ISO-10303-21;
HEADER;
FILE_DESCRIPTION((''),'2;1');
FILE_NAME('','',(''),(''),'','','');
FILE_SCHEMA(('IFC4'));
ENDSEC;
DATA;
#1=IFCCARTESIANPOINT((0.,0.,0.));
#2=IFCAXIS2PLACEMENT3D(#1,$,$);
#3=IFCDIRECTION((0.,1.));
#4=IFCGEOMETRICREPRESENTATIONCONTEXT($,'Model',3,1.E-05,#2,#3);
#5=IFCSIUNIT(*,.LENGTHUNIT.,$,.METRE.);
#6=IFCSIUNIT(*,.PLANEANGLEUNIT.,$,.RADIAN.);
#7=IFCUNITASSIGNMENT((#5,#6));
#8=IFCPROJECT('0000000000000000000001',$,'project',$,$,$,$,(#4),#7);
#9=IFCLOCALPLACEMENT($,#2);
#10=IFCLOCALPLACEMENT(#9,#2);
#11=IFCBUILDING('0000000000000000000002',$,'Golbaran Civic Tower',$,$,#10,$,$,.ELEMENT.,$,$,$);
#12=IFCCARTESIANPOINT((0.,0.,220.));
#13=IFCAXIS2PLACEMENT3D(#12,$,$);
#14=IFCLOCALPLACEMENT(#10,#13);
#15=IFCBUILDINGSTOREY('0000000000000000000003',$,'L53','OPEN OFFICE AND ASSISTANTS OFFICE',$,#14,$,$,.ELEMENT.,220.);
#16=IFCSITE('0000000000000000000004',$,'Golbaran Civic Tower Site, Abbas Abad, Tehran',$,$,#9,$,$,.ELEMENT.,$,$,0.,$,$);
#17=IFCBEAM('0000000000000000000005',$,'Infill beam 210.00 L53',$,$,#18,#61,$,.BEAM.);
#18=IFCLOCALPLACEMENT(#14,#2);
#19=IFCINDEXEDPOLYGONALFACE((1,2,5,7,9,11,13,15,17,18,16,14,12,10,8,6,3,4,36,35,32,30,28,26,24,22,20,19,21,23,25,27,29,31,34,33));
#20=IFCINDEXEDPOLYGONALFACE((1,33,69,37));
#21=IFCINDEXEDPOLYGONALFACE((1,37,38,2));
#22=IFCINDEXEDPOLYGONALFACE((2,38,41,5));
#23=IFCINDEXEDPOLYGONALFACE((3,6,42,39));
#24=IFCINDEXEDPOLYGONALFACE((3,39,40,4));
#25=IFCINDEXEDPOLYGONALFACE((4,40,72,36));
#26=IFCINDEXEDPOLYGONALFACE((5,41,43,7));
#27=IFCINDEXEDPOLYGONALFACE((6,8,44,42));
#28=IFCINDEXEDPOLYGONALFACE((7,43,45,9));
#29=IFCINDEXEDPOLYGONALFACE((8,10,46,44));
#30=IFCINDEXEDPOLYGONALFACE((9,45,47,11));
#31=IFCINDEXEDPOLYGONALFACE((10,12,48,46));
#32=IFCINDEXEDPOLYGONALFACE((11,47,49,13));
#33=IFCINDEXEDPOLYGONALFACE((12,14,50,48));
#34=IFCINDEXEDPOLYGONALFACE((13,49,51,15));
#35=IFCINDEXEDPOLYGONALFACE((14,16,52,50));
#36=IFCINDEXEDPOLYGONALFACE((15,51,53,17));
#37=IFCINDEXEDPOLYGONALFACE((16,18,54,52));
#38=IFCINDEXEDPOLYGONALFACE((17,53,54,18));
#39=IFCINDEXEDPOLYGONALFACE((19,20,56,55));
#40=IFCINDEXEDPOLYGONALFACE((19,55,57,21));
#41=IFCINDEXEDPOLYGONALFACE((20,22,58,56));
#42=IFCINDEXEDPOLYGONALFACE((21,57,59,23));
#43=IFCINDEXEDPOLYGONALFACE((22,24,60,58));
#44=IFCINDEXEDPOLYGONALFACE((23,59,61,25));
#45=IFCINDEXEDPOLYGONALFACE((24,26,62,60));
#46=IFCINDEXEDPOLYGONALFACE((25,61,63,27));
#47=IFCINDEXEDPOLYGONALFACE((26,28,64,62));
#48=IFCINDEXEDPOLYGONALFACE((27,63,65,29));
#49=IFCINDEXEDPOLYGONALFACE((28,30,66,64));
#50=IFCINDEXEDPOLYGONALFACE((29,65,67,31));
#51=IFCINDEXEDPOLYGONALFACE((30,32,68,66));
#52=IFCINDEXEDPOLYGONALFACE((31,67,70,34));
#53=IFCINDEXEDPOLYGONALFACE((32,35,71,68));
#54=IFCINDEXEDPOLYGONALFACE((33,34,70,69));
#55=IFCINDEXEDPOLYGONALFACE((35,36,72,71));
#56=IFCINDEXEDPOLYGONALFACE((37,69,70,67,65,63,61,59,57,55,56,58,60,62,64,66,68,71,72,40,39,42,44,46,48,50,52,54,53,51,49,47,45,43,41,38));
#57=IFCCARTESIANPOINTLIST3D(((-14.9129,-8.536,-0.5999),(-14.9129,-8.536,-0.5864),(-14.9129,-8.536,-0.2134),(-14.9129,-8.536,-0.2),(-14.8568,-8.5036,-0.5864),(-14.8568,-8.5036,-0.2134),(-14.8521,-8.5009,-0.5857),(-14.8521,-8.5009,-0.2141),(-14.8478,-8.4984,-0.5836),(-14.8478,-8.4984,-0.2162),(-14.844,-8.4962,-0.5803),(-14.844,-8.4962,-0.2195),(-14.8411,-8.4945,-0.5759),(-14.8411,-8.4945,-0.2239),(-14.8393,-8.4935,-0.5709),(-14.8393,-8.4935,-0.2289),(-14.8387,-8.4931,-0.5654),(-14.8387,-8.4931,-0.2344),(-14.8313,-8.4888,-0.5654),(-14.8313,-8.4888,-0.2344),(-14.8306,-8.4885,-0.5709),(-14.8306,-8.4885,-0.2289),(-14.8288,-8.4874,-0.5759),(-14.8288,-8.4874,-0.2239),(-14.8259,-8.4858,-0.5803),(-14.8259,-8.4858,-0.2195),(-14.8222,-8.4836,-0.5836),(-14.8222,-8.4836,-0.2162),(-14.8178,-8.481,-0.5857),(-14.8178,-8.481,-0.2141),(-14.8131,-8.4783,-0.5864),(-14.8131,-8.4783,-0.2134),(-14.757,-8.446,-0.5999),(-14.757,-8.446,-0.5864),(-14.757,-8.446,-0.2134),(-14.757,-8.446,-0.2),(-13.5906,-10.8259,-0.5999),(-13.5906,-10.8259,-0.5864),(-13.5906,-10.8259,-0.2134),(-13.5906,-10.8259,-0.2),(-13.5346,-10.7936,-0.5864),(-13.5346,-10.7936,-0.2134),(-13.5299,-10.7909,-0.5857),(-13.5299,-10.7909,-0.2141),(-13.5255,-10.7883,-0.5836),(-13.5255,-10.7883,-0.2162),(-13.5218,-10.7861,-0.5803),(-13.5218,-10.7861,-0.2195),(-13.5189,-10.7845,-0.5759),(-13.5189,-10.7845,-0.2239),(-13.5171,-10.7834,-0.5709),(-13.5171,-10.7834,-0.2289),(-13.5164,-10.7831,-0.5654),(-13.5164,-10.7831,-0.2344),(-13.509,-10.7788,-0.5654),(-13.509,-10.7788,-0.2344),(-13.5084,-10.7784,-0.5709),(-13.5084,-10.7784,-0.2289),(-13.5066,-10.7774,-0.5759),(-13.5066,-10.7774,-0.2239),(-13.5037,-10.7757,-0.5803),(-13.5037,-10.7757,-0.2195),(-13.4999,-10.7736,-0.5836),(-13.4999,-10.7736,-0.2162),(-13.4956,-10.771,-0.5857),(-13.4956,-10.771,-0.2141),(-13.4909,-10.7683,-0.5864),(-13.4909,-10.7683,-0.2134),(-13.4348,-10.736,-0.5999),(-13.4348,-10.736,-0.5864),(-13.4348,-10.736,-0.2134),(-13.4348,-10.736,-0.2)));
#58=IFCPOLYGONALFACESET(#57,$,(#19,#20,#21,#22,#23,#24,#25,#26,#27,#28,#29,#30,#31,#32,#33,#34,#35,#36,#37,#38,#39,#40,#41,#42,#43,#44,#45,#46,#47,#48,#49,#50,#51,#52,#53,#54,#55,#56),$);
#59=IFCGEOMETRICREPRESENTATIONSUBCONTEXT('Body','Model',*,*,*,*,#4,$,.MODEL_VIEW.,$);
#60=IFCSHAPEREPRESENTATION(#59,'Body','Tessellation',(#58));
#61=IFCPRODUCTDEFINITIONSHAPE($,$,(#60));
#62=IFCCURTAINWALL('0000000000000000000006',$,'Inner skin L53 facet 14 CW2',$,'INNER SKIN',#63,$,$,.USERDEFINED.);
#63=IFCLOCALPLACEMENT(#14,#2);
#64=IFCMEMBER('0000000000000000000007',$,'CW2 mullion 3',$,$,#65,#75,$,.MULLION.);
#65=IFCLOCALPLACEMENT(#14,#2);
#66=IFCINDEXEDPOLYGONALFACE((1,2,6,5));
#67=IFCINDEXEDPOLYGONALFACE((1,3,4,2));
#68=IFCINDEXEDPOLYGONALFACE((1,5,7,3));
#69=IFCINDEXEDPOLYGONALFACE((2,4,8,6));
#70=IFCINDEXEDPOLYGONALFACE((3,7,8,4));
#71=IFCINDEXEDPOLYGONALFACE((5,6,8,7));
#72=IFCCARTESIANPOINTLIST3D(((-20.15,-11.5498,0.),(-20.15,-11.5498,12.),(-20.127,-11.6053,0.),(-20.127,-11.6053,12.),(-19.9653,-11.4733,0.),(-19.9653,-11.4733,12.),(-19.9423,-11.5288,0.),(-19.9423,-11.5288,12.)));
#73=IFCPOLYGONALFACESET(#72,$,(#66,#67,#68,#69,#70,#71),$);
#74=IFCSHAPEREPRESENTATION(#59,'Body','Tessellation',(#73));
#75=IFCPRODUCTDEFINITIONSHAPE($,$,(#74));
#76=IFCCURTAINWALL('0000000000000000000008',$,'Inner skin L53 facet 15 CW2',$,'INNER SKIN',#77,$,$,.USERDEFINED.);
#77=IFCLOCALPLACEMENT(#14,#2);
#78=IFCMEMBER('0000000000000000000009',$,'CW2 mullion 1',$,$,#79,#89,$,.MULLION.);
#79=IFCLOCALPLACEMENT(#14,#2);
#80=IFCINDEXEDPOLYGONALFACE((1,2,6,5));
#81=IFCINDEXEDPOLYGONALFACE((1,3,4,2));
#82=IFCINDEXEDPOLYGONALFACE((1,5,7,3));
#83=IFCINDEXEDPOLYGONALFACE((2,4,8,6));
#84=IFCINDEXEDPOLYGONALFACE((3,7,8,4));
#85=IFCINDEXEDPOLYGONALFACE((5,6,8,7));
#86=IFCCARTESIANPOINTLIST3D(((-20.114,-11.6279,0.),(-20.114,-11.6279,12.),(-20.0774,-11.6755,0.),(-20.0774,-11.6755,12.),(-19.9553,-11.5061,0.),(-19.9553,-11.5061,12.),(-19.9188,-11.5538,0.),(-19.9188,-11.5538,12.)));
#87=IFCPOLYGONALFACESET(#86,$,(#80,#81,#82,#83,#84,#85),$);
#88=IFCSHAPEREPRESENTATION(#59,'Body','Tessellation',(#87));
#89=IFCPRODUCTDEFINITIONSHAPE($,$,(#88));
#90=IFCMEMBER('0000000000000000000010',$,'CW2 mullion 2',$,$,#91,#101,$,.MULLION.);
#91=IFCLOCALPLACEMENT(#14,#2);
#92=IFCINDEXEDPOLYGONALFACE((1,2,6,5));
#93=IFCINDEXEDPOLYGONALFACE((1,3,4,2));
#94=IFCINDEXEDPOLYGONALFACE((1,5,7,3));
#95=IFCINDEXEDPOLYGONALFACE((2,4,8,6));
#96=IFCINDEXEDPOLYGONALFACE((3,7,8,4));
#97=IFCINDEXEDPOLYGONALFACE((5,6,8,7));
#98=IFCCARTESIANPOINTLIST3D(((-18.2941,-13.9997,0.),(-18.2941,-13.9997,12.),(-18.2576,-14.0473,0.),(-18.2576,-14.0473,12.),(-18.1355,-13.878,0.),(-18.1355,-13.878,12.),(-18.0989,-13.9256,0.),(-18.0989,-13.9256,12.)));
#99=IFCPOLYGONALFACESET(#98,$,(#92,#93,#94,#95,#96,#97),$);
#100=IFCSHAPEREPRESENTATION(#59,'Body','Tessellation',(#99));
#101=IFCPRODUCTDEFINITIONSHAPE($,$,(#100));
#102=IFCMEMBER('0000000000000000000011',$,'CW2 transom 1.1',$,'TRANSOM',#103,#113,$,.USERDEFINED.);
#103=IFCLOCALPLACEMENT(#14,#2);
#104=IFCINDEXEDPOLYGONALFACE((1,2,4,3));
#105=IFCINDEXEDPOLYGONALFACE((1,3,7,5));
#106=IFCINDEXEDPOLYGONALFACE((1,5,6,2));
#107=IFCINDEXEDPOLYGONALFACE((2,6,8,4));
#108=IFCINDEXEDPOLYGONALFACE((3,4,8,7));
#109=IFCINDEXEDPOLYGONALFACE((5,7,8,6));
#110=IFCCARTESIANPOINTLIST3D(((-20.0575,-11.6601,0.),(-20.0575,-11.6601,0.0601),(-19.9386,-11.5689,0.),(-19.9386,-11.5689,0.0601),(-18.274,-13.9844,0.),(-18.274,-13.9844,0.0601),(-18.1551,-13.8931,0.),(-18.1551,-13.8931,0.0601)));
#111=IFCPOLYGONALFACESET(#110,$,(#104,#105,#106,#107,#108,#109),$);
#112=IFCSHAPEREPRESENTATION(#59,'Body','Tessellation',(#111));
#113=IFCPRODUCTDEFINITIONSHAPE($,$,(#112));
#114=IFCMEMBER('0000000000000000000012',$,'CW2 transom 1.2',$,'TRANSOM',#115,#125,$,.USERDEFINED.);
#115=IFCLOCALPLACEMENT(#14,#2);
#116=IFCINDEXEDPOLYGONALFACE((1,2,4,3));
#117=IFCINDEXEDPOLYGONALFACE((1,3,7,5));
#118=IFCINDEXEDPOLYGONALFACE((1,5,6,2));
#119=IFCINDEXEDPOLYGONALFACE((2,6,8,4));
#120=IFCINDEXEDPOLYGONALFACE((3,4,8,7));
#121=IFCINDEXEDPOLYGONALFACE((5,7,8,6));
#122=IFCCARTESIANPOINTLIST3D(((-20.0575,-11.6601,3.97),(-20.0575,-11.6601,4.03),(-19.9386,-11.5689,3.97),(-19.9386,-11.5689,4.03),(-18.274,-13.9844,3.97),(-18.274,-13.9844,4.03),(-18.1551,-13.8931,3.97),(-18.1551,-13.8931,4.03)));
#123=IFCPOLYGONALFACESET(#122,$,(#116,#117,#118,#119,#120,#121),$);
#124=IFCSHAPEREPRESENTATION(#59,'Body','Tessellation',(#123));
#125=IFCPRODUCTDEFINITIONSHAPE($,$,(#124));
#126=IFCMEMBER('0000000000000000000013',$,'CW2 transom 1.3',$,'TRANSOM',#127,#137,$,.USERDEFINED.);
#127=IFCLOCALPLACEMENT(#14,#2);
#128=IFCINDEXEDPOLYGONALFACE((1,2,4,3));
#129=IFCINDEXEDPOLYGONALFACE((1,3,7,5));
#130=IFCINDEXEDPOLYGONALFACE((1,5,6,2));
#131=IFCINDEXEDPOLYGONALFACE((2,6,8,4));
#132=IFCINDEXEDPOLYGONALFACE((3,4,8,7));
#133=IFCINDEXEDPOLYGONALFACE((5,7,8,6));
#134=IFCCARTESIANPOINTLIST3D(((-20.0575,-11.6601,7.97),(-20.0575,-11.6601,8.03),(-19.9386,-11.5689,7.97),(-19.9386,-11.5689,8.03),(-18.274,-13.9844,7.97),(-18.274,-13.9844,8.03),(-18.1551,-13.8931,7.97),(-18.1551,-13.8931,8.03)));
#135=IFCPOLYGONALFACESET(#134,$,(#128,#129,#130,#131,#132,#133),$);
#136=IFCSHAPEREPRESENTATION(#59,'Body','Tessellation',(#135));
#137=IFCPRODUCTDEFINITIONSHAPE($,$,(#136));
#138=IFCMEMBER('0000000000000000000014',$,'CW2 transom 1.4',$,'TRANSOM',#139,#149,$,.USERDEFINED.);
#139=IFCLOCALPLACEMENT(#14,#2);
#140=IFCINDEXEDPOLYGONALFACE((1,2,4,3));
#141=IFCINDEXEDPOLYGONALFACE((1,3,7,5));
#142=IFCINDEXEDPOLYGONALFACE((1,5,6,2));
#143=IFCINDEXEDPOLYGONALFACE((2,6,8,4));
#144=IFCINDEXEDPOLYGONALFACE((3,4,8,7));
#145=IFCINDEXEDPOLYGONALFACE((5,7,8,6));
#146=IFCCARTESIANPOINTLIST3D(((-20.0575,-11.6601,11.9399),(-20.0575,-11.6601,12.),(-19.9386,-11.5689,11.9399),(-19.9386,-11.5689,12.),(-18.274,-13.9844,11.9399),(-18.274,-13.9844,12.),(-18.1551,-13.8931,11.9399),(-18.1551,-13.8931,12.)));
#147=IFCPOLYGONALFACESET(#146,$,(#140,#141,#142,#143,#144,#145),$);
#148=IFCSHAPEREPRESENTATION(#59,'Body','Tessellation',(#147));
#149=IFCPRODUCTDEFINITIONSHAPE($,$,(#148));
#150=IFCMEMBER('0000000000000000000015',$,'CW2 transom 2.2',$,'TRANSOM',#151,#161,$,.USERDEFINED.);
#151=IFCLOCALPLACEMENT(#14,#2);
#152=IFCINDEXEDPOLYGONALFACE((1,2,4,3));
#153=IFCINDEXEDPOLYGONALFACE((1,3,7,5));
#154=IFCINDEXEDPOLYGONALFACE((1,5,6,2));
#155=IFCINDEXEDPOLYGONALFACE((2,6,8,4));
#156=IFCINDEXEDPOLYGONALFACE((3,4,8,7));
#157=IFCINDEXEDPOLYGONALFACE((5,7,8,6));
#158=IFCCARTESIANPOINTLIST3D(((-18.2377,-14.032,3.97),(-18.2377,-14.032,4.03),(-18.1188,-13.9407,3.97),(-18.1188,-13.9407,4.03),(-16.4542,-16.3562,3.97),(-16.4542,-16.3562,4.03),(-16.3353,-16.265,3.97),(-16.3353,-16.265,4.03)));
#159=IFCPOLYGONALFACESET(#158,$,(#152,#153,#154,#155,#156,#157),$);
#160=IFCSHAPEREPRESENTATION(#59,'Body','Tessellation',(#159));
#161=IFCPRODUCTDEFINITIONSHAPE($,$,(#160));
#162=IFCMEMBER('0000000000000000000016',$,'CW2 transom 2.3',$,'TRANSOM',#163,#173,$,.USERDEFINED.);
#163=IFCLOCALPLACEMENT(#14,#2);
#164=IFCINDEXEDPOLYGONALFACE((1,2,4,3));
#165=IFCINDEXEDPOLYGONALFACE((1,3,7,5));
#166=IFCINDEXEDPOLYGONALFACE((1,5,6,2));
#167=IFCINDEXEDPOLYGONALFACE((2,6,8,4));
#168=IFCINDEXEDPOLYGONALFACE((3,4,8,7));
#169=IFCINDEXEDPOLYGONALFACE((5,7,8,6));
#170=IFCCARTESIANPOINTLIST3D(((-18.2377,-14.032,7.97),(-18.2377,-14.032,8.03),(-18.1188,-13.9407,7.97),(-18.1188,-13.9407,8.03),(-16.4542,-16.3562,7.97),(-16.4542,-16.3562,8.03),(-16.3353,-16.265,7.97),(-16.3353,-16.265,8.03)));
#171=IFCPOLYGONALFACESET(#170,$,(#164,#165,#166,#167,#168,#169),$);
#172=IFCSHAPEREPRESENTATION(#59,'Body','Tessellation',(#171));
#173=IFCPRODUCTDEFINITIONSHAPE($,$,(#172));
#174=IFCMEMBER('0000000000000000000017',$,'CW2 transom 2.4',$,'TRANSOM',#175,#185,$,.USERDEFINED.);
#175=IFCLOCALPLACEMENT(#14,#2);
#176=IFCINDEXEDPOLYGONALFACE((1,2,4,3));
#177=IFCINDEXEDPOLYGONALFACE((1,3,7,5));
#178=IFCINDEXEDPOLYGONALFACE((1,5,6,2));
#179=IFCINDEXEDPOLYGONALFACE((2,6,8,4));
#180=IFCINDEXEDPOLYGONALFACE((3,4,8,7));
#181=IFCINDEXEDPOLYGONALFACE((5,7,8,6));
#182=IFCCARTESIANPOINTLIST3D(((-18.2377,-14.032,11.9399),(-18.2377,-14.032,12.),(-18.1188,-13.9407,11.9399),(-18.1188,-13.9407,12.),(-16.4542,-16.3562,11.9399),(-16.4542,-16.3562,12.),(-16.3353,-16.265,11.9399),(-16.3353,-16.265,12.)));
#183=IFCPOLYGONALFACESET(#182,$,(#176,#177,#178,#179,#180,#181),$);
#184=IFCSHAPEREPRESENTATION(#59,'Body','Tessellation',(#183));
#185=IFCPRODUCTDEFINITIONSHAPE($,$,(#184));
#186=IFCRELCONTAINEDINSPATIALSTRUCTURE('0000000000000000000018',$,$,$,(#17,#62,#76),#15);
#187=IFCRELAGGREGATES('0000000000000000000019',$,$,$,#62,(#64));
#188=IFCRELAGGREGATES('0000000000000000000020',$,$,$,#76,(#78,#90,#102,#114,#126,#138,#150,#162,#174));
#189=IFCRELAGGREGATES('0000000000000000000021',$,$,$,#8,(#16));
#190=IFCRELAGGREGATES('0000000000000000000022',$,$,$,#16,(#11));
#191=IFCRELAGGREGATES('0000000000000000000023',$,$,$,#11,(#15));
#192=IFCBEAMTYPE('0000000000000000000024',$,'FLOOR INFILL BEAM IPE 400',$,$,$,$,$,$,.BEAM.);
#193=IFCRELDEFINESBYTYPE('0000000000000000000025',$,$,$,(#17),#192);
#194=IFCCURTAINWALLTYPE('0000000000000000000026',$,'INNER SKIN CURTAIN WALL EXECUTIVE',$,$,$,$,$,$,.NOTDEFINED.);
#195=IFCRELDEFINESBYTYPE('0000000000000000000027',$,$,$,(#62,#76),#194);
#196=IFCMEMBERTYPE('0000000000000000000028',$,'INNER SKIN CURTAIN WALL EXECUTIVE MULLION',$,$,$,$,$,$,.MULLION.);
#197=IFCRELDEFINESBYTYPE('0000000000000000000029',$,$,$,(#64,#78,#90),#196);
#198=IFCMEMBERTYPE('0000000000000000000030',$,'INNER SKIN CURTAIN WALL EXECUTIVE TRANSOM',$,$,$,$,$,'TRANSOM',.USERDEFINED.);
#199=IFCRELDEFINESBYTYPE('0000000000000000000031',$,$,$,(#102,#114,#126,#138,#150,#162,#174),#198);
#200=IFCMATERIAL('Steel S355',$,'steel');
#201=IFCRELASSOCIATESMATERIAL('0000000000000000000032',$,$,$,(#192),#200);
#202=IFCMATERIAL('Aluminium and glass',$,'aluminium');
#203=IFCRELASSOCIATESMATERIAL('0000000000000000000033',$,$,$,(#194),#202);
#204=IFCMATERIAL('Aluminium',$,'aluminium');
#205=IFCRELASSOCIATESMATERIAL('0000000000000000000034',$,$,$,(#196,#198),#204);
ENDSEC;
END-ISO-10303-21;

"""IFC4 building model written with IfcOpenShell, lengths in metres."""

from ifc_helpers import new_model, si_unit, direction, frame, origin, origin_2d, place, context, subcontext, project, spatial, rectangle, i_section, extrude, material, material_profile, profile_set, type_object, element, aggregate, save


model = new_model("IFC4")

# Units and contexts
model_context = context("Model", 3, precision=1e-05, world=origin(), true_north=direction((0.0, 1.0)))
body_context = subcontext(model_context, "Body", "Model", "MODEL_VIEW")
ifc_project = project(units=[si_unit("LENGTHUNIT", "METRE"), si_unit("PLANEANGLEUNIT", "RADIAN")], contexts=[model_context])

# Site, building, storey
site_placement = place(None, origin())
site = spatial("IfcSite", under=ifc_project, at=site_placement, Name="Golbaran Civic Tower Site, Abbas Abad, Tehran", CompositionType="ELEMENT", RefElevation=0.0)
building_placement = place(site_placement, origin())
building = spatial("IfcBuilding", under=site, at=building_placement, Name="Golbaran Civic Tower", CompositionType="ELEMENT")
storey_placement = place(building_placement, frame((0.0, 0.0, 220.0)))
storey = spatial("IfcBuildingStorey", under=building, at=storey_placement, Name="L53", Description="OPEN OFFICE AND ASSISTANTS OFFICE", CompositionType="ELEMENT", Elevation=220.0)

# Beam
ifc_material_1 = material(Name="Steel S355", Category="steel")
ifc_material_profile_1 = material_profile(ifc_material_1, i_section(OverallWidth=0.1799, OverallDepth=0.3999, WebThickness=0.0085, FlangeThickness=0.0134, FilletRadius=0.021, at=origin_2d()), Name="IPE 400")
ifc_profile_set_1 = profile_set([ifc_material_profile_1], Name="Steel S355")
beam_type_1 = type_object("IfcBeamType", Name="FLOOR INFILL BEAM IPE 400", PredefinedType="BEAM", material=ifc_profile_set_1)
beam_1_placement = place(storey_placement, frame((-14.835, -8.491, -0.3999), z_axis=(0.500031, -0.866007, 0.0), x_axis=(0.866007, 0.500031, 0.0)))
element("IfcBeam", 1, at=beam_1_placement, inside=storey, type_object=beam_type_1, Name="Infill beam 210.00 L53", PredefinedType="BEAM", context=body_context, shape_type="SweptSolid", body=[
    extrude(i_section(OverallWidth=0.1799, OverallDepth=0.3999, WebThickness=0.0085, FlangeThickness=0.0134, FilletRadius=0.021, at=origin_2d()), origin(), (0.0, 0.0, 1.0), 2.6443),
])

# Curtain wall, member
ifc_material_2 = material(Name="Aluminium and glass", Category="aluminium")
curtain_wall_type = type_object("IfcCurtainWallType", Name="INNER SKIN CURTAIN WALL EXECUTIVE", PredefinedType="NOTDEFINED", material=ifc_material_2)
curtain_wall_1_placement = place(storey_placement, origin())
curtain_wall_1 = element("IfcCurtainWall", 2, at=curtain_wall_1_placement, inside=storey, type_object=curtain_wall_type, Name="Inner skin L53 facet 14 CW2", ObjectType="INNER SKIN", PredefinedType="USERDEFINED")
ifc_material_3 = material(Name="Aluminium", Category="aluminium")
ifc_material_profile_2 = material_profile(ifc_material_3, rectangle(XDim=0.2, YDim=0.0601, at=origin_2d()), Name="INNER SKIN CURTAIN WALL EXECUTIVE MULLION")
ifc_profile_set_2 = profile_set([ifc_material_profile_2], Name="Aluminium")
member_type_1 = type_object("IfcMemberType", Name="INNER SKIN CURTAIN WALL EXECUTIVE MULLION", PredefinedType="MULLION", material=ifc_profile_set_2)
member_1_placement = place(storey_placement, frame((-20.0461, -11.5393, 0.0), z_axis=(0.0, 0.0, 1.0), x_axis=(0.92388, 0.382683, 0.0)))
member_1 = element("IfcMember", 3, at=member_1_placement, type_object=member_type_1, Name="CW2 mullion 3", PredefinedType="MULLION", context=body_context, shape_type="SweptSolid", body=[
    extrude(rectangle(XDim=0.2, YDim=0.0601, at=origin_2d()), origin(), (0.0, 0.0, 1.0), 12.0),
])

# Curtain wall, members
curtain_wall_2_placement = place(storey_placement, origin())
curtain_wall_2 = element("IfcCurtainWall", 4, at=curtain_wall_2_placement, inside=storey, type_object=curtain_wall_type, Name="Inner skin L53 facet 15 CW2", ObjectType="INNER SKIN", PredefinedType="USERDEFINED")
member_2_placement = place(storey_placement, frame((-20.0164, -11.5908, 0.0), z_axis=(0.0, 0.0, 1.0), x_axis=(0.793353, 0.608761, 0.0)))
member_2 = element("IfcMember", 5, at=member_2_placement, type_object=member_type_1, Name="CW2 mullion 1", PredefinedType="MULLION", context=body_context, shape_type="SweptSolid", body=[
    extrude(rectangle(XDim=0.2, YDim=0.0601, at=origin_2d()), origin(), (0.0, 0.0, 1.0), 12.0),
])
member_3_placement = place(storey_placement, frame((-18.1965, -13.9626, 0.0), z_axis=(0.0, 0.0, 1.0), x_axis=(0.793353, 0.608761, 0.0)))
member_3 = element("IfcMember", 6, at=member_3_placement, type_object=member_type_1, Name="CW2 mullion 2", PredefinedType="MULLION", context=body_context, shape_type="SweptSolid", body=[
    extrude(rectangle(XDim=0.2, YDim=0.0601, at=origin_2d()), origin(), (0.0, 0.0, 1.0), 12.0),
])
ifc_material_profile_3 = material_profile(ifc_material_3, rectangle(XDim=0.1499, YDim=0.0601, at=origin_2d()), Name="INNER SKIN CURTAIN WALL EXECUTIVE TRANSOM")
ifc_profile_set_3 = profile_set([ifc_material_profile_3], Name="Aluminium")
member_type_2 = type_object("IfcMemberType", Name="INNER SKIN CURTAIN WALL EXECUTIVE TRANSOM", ElementType="TRANSOM", PredefinedType="USERDEFINED", material=ifc_profile_set_3)
member_4_placement = place(storey_placement, frame((-19.998, -11.6145, 0.03), z_axis=(0.608764, -0.793351, 0.0), x_axis=(0.793351, 0.608764, 0.0)))
member_4 = element("IfcMember", 7, at=member_4_placement, type_object=member_type_2, Name="CW2 transom 1.1", ObjectType="TRANSOM", PredefinedType="USERDEFINED", context=body_context, shape_type="SweptSolid", body=[
    extrude(rectangle(XDim=0.1499, YDim=0.0601, at=origin_2d()), origin(), (0.0, 0.0, 1.0), 2.9297),
])
member_5_placement = place(storey_placement, frame((-19.998, -11.6145, 4.0), z_axis=(0.608764, -0.793351, 0.0), x_axis=(0.793351, 0.608764, 0.0)))
member_5 = element("IfcMember", 8, at=member_5_placement, type_object=member_type_2, Name="CW2 transom 1.2", ObjectType="TRANSOM", PredefinedType="USERDEFINED", context=body_context, shape_type="SweptSolid", body=[
    extrude(rectangle(XDim=0.1499, YDim=0.0601, at=origin_2d()), origin(), (0.0, 0.0, 1.0), 2.9297),
])
member_6_placement = place(storey_placement, frame((-19.998, -11.6145, 8.0), z_axis=(0.608764, -0.793351, 0.0), x_axis=(0.793351, 0.608764, 0.0)))
member_6 = element("IfcMember", 9, at=member_6_placement, type_object=member_type_2, Name="CW2 transom 1.3", ObjectType="TRANSOM", PredefinedType="USERDEFINED", context=body_context, shape_type="SweptSolid", body=[
    extrude(rectangle(XDim=0.1499, YDim=0.0601, at=origin_2d()), origin(), (0.0, 0.0, 1.0), 2.9297),
])
member_7_placement = place(storey_placement, frame((-19.998, -11.6145, 11.97), z_axis=(0.608764, -0.793351, 0.0), x_axis=(0.793351, 0.608764, 0.0)))
member_7 = element("IfcMember", 10, at=member_7_placement, type_object=member_type_2, Name="CW2 transom 1.4", ObjectType="TRANSOM", PredefinedType="USERDEFINED", context=body_context, shape_type="SweptSolid", body=[
    extrude(rectangle(XDim=0.1499, YDim=0.0601, at=origin_2d()), origin(), (0.0, 0.0, 1.0), 2.9297),
])
member_8_placement = place(storey_placement, frame((-18.1782, -13.9863, 4.0), z_axis=(0.608764, -0.793351, 0.0), x_axis=(0.793351, 0.608764, 0.0)))
member_8 = element("IfcMember", 11, at=member_8_placement, type_object=member_type_2, Name="CW2 transom 2.2", ObjectType="TRANSOM", PredefinedType="USERDEFINED", context=body_context, shape_type="SweptSolid", body=[
    extrude(rectangle(XDim=0.1499, YDim=0.0601, at=origin_2d()), origin(), (0.0, 0.0, 1.0), 2.9297),
])
member_9_placement = place(storey_placement, frame((-18.1782, -13.9863, 8.0), z_axis=(0.608764, -0.793351, 0.0), x_axis=(0.793351, 0.608764, 0.0)))
member_9 = element("IfcMember", 12, at=member_9_placement, type_object=member_type_2, Name="CW2 transom 2.3", ObjectType="TRANSOM", PredefinedType="USERDEFINED", context=body_context, shape_type="SweptSolid", body=[
    extrude(rectangle(XDim=0.1499, YDim=0.0601, at=origin_2d()), origin(), (0.0, 0.0, 1.0), 2.9297),
])
member_10_placement = place(storey_placement, frame((-18.1782, -13.9863, 11.97), z_axis=(0.608764, -0.793351, 0.0), x_axis=(0.793351, 0.608764, 0.0)))
member_10 = element("IfcMember", 13, at=member_10_placement, type_object=member_type_2, Name="CW2 transom 2.4", ObjectType="TRANSOM", PredefinedType="USERDEFINED", context=body_context, shape_type="SweptSolid", body=[
    extrude(rectangle(XDim=0.1499, YDim=0.0601, at=origin_2d()), origin(), (0.0, 0.0, 1.0), 2.9297),
])

aggregate(curtain_wall_1, [member_1])
aggregate(curtain_wall_2, [member_2, member_3, member_4, member_5, member_6, member_7, member_8, member_9, member_10])

save(model, "model.ifc")
